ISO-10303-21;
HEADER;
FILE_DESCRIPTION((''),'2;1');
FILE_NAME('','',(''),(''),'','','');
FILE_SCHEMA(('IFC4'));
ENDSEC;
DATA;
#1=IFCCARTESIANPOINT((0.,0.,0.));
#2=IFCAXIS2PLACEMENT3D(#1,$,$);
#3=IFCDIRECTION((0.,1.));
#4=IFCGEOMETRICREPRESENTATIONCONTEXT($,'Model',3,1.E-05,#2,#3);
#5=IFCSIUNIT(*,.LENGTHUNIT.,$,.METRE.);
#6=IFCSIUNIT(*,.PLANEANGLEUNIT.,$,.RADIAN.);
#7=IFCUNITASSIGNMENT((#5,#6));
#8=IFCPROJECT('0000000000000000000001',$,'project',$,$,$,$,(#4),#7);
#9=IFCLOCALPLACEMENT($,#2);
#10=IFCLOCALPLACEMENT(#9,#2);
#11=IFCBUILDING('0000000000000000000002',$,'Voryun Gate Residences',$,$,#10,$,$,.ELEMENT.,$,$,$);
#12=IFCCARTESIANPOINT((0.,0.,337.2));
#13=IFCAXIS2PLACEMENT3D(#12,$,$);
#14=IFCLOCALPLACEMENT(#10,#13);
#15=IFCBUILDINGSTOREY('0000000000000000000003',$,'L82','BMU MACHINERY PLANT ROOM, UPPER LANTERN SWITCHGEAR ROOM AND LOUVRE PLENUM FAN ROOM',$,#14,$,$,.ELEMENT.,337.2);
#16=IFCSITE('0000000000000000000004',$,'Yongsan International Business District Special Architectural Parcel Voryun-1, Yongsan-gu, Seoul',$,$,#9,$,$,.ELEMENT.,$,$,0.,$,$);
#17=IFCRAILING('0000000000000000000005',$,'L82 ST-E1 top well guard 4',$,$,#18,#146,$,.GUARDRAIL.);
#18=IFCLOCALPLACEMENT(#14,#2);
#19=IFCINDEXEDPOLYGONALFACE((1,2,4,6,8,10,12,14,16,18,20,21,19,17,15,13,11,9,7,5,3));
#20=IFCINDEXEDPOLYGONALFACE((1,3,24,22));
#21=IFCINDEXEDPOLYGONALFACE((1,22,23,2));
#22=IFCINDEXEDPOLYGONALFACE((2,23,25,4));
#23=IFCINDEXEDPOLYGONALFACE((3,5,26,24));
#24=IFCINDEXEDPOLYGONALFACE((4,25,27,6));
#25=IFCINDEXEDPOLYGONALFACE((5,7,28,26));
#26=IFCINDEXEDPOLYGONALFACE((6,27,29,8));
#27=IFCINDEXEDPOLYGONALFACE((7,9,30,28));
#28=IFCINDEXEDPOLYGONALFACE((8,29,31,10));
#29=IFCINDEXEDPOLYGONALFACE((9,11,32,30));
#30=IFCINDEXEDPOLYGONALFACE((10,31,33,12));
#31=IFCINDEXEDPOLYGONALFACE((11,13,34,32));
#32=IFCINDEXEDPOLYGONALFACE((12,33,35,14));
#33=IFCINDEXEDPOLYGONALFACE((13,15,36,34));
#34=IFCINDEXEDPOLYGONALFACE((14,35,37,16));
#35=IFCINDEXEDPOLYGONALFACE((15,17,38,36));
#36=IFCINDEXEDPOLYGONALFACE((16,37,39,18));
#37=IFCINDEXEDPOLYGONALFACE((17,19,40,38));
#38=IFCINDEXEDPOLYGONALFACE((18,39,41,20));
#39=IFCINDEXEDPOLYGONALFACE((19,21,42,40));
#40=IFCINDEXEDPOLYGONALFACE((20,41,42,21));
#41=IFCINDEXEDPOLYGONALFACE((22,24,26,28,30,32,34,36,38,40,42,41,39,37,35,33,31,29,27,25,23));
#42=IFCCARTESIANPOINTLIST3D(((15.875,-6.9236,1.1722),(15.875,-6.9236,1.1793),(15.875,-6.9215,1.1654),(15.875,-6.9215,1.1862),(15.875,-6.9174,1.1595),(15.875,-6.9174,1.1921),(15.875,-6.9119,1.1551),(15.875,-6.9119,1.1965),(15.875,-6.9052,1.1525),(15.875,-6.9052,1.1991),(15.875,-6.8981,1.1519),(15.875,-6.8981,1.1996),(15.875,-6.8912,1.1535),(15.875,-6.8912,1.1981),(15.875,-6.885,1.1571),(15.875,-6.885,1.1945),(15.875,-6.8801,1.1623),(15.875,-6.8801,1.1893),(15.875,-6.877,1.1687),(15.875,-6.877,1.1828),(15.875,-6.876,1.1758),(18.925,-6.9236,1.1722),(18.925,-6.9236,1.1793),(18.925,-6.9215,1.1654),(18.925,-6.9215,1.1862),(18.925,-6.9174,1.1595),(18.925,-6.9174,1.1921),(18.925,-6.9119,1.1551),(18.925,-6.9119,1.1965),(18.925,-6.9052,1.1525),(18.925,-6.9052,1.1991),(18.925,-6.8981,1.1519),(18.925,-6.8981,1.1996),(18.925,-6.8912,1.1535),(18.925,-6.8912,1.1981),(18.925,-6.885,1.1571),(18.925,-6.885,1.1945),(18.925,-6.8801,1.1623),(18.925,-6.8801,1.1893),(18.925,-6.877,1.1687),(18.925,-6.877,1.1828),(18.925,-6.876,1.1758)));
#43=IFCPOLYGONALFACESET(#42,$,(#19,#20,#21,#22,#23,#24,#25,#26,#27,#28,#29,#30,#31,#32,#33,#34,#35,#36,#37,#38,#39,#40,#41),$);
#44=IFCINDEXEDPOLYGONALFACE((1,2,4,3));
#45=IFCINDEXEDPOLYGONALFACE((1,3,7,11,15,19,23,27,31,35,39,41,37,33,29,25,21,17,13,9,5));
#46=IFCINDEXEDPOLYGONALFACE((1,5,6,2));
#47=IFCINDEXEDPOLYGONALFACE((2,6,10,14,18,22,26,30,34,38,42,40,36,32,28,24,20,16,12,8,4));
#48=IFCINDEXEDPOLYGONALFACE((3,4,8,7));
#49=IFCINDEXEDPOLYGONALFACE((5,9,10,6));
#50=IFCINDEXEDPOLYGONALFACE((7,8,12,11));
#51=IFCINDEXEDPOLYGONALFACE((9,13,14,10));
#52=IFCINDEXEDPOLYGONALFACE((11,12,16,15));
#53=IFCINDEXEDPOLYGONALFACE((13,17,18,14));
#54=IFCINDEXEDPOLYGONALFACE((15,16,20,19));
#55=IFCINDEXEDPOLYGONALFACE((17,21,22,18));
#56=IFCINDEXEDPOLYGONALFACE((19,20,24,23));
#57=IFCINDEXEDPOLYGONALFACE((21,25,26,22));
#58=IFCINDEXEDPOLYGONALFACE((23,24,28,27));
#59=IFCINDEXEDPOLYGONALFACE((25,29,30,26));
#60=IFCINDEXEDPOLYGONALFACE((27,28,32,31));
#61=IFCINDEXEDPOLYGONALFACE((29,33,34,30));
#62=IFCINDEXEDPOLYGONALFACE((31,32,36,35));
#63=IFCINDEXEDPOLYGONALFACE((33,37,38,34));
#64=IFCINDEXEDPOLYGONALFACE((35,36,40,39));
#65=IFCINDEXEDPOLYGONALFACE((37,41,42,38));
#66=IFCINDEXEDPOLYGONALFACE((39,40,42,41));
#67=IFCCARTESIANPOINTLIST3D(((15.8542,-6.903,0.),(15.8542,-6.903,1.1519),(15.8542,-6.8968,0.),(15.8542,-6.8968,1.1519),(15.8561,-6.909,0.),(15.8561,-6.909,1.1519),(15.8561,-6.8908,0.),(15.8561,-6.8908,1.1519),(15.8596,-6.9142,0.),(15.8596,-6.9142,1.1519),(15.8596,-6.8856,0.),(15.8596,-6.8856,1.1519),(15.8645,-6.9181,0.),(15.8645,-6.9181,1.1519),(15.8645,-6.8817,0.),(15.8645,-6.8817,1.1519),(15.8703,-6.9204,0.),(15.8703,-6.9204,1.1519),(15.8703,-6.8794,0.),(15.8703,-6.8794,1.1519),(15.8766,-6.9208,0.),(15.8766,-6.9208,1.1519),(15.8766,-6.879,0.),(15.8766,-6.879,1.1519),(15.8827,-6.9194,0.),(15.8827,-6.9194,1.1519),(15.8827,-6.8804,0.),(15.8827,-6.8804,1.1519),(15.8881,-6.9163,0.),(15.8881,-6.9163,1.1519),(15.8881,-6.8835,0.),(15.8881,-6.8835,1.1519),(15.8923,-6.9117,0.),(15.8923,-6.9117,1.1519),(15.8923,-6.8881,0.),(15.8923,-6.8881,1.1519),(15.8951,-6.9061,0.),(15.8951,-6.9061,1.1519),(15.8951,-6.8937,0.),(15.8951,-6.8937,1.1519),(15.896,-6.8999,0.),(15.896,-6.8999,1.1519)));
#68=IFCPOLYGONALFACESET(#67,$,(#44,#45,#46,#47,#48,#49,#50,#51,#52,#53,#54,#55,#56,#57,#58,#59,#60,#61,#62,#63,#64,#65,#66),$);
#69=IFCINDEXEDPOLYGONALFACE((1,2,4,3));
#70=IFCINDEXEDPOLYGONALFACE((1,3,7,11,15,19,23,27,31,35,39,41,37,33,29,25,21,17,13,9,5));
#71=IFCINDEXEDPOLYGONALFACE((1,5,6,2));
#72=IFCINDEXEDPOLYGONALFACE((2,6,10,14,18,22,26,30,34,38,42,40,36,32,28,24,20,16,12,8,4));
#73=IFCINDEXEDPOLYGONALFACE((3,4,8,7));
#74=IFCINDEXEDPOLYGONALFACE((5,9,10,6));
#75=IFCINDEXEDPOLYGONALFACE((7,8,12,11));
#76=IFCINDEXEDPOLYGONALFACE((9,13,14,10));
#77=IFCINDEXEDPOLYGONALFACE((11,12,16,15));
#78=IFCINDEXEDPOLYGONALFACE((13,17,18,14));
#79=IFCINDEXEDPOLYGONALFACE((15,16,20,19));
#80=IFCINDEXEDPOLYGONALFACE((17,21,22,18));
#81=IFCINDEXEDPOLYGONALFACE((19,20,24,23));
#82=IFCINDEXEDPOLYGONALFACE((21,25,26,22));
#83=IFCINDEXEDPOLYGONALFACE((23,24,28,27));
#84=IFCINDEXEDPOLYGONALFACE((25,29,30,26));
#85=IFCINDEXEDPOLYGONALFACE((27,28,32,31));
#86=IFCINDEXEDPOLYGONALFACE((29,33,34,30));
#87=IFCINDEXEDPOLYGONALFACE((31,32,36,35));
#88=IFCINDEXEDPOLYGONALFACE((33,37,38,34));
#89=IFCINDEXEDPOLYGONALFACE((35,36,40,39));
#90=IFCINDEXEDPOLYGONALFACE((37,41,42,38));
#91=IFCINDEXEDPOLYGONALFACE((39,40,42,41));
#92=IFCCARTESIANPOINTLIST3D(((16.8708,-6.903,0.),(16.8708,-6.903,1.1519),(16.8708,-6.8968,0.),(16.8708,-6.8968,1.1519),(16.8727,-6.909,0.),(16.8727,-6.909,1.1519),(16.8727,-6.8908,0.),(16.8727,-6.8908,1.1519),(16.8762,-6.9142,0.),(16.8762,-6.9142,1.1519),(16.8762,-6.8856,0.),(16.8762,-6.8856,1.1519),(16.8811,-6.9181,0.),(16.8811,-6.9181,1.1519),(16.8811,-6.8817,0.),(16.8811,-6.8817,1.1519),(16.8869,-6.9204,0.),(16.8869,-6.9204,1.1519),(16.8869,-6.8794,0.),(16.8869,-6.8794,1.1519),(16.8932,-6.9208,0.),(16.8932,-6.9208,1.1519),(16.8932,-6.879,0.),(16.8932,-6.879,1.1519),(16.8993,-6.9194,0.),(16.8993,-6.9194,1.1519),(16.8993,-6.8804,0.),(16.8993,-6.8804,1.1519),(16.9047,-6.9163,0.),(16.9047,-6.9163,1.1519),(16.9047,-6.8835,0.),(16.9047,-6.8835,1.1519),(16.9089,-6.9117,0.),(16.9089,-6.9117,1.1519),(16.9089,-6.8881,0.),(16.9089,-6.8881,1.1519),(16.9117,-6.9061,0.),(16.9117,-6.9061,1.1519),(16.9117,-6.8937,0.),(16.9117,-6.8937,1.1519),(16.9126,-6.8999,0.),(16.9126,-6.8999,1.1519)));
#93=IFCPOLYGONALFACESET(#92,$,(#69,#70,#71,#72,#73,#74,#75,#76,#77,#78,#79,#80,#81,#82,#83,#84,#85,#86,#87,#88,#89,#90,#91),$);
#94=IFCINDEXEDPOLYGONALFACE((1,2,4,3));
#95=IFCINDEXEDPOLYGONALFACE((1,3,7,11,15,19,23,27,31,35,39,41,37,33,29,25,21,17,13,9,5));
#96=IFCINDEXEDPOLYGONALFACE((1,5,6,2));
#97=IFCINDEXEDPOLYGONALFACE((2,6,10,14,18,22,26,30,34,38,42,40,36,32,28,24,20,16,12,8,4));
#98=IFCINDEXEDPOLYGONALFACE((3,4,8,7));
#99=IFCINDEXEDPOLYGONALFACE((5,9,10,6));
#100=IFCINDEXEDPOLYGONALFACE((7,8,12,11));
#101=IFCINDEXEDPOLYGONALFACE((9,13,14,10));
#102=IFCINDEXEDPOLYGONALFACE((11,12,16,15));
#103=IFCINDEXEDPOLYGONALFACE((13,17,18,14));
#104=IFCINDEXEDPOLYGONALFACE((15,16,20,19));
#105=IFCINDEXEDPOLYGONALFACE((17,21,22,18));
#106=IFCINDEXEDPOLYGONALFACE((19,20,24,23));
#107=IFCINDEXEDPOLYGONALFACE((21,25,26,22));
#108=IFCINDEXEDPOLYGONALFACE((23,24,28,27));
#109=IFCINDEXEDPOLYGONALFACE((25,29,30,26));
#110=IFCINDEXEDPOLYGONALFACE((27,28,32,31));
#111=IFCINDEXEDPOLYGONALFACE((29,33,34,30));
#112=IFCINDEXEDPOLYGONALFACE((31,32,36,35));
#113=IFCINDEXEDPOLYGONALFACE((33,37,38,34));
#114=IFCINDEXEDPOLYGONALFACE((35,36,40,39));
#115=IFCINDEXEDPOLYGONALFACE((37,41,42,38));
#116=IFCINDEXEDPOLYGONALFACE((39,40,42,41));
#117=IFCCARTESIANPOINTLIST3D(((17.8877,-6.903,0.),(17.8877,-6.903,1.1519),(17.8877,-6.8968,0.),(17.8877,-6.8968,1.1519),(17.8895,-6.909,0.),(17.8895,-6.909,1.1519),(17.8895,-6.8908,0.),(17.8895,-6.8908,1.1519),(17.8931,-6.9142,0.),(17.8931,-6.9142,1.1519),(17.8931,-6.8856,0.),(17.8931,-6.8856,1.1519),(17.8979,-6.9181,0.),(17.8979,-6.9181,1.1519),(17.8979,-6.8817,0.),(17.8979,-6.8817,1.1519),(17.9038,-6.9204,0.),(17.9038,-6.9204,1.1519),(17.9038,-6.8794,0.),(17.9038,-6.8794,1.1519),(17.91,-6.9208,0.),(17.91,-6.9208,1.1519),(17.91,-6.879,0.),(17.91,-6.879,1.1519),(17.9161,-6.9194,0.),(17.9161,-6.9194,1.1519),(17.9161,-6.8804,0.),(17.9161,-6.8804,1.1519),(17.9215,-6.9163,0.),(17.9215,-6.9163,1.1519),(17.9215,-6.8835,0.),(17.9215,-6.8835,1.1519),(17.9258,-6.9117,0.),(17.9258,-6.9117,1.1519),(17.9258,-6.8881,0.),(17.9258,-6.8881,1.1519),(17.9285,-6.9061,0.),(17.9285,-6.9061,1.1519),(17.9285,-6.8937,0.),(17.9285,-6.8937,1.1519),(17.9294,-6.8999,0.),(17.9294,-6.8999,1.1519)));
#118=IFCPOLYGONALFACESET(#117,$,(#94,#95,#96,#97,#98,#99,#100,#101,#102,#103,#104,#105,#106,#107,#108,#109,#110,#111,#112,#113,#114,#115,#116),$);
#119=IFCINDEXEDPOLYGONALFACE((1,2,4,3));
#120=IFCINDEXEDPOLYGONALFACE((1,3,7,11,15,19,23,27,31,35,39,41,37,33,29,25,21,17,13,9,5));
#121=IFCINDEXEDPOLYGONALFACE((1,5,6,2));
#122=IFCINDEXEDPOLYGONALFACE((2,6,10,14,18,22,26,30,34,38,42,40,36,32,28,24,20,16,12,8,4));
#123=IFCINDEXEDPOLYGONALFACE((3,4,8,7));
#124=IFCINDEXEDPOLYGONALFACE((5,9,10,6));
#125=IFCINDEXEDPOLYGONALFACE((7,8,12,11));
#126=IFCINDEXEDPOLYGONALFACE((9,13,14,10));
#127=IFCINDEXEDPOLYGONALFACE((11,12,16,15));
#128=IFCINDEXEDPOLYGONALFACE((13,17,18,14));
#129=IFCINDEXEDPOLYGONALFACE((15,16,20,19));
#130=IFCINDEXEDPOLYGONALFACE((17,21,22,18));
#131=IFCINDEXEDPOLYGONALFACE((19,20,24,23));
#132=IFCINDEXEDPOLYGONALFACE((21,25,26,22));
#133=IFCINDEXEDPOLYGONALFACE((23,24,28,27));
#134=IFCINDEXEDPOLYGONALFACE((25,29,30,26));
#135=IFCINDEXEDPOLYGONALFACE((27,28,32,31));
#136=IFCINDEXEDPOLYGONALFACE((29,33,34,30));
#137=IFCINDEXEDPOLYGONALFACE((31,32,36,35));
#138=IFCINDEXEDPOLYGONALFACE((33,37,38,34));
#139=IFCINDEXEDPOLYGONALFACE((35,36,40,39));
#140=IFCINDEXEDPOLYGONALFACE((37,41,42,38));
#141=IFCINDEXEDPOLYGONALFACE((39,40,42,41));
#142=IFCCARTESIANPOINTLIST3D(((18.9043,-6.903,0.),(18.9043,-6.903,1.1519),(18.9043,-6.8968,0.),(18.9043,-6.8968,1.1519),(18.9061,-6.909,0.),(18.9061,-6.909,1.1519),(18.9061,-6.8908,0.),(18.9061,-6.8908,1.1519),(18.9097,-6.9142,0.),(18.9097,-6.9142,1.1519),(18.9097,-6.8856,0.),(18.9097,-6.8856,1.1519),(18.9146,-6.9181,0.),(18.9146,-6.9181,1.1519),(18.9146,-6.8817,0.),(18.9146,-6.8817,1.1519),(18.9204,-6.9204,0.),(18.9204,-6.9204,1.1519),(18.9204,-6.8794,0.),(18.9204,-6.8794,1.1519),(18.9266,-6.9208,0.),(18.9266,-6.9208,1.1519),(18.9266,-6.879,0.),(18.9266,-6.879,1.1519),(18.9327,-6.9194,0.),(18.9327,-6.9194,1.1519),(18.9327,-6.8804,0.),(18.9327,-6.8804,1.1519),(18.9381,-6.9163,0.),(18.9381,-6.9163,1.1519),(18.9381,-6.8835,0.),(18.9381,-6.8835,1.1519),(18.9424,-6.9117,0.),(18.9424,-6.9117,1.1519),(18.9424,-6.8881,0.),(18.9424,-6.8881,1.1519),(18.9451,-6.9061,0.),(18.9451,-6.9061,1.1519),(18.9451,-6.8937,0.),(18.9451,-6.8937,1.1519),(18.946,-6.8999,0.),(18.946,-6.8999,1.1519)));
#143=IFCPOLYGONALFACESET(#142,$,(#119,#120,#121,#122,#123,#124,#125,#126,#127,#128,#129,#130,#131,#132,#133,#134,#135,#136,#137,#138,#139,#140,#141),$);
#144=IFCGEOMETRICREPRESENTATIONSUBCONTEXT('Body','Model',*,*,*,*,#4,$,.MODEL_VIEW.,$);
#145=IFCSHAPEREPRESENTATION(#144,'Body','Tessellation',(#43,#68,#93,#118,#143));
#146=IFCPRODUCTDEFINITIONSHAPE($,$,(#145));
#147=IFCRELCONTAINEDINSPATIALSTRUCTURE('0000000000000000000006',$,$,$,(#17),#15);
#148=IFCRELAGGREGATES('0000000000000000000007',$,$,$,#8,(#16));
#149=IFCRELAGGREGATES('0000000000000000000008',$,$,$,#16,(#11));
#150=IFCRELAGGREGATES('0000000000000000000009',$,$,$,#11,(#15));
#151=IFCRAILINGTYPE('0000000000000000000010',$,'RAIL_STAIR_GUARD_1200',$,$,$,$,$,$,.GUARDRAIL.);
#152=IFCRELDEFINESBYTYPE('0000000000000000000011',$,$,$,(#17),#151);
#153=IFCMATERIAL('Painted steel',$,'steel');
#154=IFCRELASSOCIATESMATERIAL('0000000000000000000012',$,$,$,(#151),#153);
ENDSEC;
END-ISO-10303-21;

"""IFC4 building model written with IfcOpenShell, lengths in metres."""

from ifc_helpers import new_model, si_unit, direction, frame, origin, origin_2d, place, context, subcontext, project, spatial, circle, extrude, material, type_object, element, save


model = new_model("IFC4")

# Units and contexts
model_context = context("Model", 3, precision=1e-05, world=origin(), true_north=direction((0.0, 1.0)))
body_context = subcontext(model_context, "Body", "Model", "MODEL_VIEW")
ifc_project = project(units=[si_unit("LENGTHUNIT", "METRE"), si_unit("PLANEANGLEUNIT", "RADIAN")], contexts=[model_context])

# Site, building, storey
site_placement = place(None, origin())
site = spatial("IfcSite", under=ifc_project, at=site_placement, Name="Yongsan International Business District Special Architectural Parcel Voryun-1, Yongsan-gu, Seoul", CompositionType="ELEMENT", RefElevation=0.0)
building_placement = place(site_placement, origin())
building = spatial("IfcBuilding", under=site, at=building_placement, Name="Voryun Gate Residences", CompositionType="ELEMENT")
storey_placement = place(building_placement, frame((0.0, 0.0, 337.2)))
storey = spatial("IfcBuildingStorey", under=building, at=storey_placement, Name="L82", Description="BMU MACHINERY PLANT ROOM, UPPER LANTERN SWITCHGEAR ROOM AND LOUVRE PLENUM FAN ROOM", CompositionType="ELEMENT", Elevation=337.2)

# Railing
ifc_material_1 = material(Name="Painted steel", Category="steel")
railing_type = type_object("IfcRailingType", Name="RAIL_STAIR_GUARD_1200", PredefinedType="GUARDRAIL", material=ifc_material_1)
railing_1_placement = place(storey_placement, frame((15.875, -6.8999, 0.0)))
element("IfcRailing", 1, at=railing_1_placement, inside=storey, type_object=railing_type, Name="L82 ST-E1 top well guard 4", PredefinedType="GUARDRAIL", context=body_context, shape_type="SweptSolid", body=[
    extrude(circle(Radius=0.0239, at=origin_2d()), frame((0.0, 0.0, 1.1758), z_axis=(1.0, 0.0, 0.0), x_axis=(0.0, 1.0, 0.0)), (0.0, 0.0, 1.0), 3.05),
    extrude(circle(Radius=0.021, at=origin_2d()), origin(), (0.0, 0.0, 1.0), 1.1519),
    extrude(circle(Radius=0.021, at=origin_2d()), frame((1.0166, 0.0, 0.0)), (0.0, 0.0, 1.0), 1.1519),
    extrude(circle(Radius=0.021, at=origin_2d()), frame((2.0334, 0.0, 0.0)), (0.0, 0.0, 1.0), 1.1519),
    extrude(circle(Radius=0.021, at=origin_2d()), frame((3.05, 0.0, 0.0)), (0.0, 0.0, 1.0), 1.1519),
])

save(model, "model.ifc")
